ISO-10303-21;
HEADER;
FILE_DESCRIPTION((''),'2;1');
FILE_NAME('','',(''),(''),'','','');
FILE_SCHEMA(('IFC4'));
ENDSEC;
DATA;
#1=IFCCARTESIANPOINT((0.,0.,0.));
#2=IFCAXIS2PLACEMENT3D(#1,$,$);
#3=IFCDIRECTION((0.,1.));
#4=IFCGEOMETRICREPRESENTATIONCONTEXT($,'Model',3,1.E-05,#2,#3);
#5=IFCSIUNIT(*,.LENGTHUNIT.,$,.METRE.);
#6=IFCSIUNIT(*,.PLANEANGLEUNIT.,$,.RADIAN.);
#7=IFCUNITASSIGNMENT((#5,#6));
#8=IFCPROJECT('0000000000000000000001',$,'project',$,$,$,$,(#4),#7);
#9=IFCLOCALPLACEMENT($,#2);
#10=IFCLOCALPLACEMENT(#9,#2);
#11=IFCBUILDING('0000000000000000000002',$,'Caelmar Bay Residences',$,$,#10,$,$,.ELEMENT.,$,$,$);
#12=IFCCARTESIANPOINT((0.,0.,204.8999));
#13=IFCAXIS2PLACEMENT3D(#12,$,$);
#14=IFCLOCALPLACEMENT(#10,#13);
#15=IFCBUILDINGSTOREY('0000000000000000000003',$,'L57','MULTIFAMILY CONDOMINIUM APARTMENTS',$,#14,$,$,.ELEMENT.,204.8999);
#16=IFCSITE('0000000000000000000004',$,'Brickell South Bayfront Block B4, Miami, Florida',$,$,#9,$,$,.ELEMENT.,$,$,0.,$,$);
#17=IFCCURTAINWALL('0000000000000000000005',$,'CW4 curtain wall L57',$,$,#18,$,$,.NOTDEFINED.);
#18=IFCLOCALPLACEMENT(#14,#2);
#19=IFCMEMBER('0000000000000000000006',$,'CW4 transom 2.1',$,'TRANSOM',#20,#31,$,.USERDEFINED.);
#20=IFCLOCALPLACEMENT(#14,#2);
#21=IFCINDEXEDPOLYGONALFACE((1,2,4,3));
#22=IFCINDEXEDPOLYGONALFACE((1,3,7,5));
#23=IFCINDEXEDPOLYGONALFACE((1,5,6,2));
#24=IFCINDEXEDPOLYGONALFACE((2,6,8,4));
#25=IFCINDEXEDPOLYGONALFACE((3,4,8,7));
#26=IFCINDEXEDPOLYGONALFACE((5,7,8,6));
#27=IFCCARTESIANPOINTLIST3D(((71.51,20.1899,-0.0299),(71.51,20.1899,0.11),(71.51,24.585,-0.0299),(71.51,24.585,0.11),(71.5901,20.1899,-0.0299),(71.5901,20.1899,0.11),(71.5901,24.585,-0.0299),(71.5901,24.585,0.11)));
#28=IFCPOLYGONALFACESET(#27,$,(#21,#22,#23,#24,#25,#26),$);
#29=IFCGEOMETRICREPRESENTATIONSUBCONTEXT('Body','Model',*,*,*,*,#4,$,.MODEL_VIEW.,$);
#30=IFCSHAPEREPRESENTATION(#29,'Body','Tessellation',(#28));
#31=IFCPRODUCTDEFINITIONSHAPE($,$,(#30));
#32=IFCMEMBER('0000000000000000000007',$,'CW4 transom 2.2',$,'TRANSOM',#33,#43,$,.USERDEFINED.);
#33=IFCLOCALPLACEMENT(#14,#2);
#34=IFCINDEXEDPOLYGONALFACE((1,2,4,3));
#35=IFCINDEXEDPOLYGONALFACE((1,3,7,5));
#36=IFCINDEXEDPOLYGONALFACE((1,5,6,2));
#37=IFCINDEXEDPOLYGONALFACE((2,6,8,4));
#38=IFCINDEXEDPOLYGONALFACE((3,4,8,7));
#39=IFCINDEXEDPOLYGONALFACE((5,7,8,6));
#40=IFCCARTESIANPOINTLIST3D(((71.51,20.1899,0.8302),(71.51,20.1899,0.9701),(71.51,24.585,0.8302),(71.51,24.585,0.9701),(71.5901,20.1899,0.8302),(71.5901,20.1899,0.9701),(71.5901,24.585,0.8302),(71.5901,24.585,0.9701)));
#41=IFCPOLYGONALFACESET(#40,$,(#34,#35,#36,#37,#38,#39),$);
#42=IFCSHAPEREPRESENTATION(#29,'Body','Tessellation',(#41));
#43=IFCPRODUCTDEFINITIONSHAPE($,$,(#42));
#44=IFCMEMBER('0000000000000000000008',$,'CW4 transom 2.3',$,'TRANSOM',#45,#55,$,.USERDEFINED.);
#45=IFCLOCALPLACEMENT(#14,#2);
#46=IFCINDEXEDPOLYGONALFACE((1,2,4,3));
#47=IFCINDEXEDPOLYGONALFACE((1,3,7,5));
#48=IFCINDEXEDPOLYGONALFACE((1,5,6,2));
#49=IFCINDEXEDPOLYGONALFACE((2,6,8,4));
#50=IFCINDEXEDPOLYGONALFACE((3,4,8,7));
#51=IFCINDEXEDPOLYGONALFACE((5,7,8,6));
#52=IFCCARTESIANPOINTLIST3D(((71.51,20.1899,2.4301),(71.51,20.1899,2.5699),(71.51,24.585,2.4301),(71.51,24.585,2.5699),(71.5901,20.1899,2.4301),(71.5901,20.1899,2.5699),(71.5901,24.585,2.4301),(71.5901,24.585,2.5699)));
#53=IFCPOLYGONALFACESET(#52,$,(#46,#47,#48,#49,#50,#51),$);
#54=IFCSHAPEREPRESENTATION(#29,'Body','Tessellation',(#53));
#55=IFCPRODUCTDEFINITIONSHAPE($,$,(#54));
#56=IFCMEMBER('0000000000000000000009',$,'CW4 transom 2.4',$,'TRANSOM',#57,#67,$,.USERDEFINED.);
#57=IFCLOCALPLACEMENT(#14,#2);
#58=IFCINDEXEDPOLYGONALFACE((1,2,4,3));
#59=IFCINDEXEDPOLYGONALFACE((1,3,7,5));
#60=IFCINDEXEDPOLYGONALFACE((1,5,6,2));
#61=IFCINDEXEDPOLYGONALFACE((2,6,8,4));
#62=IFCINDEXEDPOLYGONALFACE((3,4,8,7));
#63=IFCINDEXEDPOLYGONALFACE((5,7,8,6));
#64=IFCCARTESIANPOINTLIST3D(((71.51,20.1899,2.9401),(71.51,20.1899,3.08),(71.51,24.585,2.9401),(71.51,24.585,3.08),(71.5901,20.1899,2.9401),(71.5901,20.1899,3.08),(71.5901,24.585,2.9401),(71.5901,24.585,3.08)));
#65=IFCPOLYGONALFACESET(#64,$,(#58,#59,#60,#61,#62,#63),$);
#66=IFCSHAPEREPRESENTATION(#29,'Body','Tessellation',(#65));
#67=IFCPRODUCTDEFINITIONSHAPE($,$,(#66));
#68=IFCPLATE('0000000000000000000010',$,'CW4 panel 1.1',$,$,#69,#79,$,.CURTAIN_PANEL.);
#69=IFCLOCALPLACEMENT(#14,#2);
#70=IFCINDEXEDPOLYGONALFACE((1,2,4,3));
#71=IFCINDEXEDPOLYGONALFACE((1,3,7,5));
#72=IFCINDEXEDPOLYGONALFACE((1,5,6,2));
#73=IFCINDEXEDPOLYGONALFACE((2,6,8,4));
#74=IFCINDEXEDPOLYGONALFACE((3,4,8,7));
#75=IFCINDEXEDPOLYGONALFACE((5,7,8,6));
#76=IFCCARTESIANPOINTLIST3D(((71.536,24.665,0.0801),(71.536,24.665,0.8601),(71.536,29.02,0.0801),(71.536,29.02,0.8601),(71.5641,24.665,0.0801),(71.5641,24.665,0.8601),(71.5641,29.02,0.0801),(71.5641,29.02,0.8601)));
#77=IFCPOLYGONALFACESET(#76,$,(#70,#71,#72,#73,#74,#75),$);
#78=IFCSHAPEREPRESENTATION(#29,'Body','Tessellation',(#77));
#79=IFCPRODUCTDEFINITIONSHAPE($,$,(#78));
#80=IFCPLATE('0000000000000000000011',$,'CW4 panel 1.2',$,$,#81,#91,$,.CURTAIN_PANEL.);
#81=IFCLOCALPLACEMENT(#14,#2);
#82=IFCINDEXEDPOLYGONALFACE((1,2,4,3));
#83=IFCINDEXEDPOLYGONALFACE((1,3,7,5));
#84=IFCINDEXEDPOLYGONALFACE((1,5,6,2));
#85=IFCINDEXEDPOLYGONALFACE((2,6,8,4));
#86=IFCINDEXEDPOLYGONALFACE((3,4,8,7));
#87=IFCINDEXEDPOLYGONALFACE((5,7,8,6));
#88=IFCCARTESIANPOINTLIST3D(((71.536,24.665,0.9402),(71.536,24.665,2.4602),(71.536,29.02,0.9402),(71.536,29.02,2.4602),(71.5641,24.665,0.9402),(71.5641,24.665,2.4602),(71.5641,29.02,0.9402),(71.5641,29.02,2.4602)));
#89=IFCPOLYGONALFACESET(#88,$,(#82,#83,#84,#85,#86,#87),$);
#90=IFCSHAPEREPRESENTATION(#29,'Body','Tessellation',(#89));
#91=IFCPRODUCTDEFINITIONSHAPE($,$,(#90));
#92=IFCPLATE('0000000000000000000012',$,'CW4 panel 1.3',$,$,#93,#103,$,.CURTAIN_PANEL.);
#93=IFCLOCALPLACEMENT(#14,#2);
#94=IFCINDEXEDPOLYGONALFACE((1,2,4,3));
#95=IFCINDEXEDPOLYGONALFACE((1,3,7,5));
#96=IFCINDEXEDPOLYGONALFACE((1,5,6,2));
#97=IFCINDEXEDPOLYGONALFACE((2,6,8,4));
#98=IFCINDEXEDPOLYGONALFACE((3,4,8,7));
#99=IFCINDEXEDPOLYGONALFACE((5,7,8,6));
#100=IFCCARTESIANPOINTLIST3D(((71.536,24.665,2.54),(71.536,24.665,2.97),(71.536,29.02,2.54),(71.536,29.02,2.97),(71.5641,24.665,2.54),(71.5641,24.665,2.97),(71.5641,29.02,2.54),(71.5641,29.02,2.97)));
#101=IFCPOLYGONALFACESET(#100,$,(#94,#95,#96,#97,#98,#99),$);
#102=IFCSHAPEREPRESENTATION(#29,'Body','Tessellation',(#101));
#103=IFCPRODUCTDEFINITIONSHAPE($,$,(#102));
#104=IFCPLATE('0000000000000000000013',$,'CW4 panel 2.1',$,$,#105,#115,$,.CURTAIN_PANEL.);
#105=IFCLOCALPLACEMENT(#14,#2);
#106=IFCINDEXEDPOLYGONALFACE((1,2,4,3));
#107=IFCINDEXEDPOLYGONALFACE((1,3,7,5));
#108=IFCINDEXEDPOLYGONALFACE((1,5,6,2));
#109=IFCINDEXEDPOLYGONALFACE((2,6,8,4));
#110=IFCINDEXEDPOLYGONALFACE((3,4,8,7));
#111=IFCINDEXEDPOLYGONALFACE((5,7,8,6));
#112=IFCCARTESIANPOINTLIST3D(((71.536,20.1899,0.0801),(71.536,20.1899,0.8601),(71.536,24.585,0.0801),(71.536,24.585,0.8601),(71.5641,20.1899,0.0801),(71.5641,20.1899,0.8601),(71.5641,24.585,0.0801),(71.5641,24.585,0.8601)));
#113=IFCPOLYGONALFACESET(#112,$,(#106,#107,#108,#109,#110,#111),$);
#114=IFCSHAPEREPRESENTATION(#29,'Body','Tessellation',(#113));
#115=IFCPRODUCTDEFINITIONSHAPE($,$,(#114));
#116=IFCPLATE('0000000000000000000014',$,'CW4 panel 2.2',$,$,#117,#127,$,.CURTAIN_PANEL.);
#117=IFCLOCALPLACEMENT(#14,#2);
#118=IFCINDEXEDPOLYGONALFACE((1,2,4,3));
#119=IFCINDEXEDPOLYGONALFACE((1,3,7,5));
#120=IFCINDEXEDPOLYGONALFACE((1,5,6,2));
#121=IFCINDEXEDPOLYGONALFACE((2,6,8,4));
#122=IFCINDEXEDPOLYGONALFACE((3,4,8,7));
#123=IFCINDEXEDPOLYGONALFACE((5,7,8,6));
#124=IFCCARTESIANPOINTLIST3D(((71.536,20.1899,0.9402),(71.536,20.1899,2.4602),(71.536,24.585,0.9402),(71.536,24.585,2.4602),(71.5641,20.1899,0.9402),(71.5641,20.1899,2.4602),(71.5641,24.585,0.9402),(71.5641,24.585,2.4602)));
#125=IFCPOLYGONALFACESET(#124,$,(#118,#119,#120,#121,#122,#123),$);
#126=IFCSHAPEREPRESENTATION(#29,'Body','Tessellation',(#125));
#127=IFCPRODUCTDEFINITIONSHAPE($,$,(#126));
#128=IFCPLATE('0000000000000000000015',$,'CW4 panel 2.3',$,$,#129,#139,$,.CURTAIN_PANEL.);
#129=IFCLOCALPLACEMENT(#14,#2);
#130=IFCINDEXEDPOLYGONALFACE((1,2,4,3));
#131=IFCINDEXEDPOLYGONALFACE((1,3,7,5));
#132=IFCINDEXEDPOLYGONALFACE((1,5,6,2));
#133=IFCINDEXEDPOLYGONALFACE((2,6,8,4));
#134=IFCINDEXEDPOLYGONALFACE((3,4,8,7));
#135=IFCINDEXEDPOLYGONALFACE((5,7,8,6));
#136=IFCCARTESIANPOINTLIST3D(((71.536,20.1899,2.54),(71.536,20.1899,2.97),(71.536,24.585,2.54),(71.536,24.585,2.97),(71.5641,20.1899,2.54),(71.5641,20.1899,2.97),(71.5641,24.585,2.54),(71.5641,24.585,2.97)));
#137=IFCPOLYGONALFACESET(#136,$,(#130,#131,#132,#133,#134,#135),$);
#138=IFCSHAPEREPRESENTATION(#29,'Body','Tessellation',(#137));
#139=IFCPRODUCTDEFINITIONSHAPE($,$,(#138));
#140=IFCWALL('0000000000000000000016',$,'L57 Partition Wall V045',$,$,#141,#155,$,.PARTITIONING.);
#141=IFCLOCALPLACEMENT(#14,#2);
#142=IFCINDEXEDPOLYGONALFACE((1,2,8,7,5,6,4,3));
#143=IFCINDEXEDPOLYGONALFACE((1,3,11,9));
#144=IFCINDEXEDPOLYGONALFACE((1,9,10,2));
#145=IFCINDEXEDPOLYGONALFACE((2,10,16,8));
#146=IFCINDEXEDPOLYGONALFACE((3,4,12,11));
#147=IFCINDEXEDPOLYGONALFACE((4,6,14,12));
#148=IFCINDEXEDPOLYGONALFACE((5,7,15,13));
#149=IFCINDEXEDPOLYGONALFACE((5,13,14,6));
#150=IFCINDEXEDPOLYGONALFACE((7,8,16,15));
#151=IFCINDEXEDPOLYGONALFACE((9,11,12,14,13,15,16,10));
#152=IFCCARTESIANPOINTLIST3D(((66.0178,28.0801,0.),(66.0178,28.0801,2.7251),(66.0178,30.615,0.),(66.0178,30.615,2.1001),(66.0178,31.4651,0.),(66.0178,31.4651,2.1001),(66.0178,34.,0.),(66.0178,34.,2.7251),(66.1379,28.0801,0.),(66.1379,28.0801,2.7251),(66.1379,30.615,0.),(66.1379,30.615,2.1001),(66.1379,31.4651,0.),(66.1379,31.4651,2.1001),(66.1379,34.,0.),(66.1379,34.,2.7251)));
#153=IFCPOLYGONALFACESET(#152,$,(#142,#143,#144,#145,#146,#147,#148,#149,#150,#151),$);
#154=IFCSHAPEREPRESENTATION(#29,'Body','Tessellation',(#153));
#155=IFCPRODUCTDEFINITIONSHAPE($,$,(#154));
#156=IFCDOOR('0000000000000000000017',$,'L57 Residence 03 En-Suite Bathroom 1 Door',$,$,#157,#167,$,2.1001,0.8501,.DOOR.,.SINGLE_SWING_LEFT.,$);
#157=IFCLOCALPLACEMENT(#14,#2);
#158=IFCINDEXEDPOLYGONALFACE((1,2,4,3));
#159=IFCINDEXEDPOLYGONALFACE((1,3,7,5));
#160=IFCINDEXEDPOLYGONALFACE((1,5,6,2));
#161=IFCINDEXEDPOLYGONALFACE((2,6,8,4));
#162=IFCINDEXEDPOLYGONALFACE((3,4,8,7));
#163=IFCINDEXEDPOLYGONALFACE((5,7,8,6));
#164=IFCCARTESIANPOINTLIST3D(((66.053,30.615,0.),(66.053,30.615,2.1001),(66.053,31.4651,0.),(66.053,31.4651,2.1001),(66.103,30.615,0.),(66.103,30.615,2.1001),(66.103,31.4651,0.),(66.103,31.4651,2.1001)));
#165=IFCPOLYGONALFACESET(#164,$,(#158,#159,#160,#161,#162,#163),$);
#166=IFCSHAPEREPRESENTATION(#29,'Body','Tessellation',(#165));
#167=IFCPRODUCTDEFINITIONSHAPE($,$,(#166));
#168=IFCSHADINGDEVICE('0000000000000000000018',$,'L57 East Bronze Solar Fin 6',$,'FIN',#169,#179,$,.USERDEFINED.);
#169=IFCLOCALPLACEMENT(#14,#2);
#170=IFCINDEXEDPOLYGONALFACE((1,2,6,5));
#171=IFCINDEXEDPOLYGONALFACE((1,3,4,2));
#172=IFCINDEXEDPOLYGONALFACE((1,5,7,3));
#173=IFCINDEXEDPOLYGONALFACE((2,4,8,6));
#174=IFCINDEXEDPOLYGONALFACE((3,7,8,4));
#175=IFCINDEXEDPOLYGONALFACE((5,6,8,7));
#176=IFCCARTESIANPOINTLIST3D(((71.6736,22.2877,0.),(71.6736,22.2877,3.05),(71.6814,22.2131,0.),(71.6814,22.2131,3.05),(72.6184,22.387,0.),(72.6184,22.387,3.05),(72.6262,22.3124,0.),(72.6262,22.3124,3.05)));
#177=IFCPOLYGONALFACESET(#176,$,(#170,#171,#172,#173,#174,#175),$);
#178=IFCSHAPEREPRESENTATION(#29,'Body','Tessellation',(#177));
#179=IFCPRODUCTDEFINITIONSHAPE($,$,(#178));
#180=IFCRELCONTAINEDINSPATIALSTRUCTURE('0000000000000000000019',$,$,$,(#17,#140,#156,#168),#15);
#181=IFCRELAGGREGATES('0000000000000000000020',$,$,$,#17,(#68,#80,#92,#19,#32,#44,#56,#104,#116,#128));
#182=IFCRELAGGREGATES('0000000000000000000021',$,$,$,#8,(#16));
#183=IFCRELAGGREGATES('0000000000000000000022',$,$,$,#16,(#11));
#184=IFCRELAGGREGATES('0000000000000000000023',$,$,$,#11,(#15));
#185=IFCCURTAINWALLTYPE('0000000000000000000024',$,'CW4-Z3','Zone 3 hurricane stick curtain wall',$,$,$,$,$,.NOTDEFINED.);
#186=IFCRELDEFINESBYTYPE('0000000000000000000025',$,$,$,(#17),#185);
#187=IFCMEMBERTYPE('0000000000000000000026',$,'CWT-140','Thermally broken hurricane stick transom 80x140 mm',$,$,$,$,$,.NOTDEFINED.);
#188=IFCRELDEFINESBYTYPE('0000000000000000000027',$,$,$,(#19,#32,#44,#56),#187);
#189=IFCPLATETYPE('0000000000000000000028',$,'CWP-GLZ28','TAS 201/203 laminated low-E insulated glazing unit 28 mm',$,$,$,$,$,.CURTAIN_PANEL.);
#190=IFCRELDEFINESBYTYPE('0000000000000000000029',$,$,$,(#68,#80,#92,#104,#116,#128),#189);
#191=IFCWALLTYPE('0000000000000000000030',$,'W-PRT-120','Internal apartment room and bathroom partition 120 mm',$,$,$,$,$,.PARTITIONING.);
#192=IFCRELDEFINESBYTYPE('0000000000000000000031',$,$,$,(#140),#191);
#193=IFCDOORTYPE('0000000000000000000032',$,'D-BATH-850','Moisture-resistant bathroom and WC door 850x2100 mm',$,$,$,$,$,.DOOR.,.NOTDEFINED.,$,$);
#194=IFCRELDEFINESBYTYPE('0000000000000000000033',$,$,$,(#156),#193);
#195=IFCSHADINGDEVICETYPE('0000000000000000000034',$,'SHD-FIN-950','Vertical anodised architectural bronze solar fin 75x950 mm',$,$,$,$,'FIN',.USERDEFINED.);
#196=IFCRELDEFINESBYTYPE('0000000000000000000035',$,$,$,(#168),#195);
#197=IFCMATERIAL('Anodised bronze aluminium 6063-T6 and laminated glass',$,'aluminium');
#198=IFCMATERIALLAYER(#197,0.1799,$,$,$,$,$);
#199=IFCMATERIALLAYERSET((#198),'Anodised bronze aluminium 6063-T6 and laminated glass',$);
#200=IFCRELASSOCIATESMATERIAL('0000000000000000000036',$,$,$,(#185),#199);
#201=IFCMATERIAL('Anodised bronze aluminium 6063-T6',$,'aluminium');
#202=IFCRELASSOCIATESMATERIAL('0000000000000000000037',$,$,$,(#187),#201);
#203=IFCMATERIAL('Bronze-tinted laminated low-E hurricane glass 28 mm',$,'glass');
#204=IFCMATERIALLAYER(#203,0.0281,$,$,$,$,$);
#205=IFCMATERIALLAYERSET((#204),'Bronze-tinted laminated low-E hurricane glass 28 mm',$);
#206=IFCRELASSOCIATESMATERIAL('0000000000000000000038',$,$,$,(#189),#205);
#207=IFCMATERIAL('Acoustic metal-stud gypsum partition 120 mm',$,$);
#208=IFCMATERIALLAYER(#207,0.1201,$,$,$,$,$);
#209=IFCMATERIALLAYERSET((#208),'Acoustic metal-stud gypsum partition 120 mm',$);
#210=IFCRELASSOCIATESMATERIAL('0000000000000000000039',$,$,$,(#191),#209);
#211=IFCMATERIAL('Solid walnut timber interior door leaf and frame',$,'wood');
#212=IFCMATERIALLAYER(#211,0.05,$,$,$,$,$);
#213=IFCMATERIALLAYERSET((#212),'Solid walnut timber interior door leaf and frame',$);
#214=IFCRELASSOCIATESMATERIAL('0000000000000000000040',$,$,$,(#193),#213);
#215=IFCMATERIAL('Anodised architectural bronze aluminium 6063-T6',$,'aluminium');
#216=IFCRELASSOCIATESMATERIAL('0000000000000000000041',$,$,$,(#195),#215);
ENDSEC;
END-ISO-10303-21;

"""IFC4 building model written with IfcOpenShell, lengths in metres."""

from ifc_helpers import new_model, si_unit, direction, frame, frame_2d, origin, origin_2d, place, context, subcontext, project, spatial, rectangle, extrude, material, layer, layer_set, material_profile, profile_set, type_object, element, fill, aggregate, save


model = new_model("IFC4")

# Units and contexts
model_context = context("Model", 3, precision=1e-05, world=origin(), true_north=direction((0.0, 1.0)))
body_context = subcontext(model_context, "Body", "Model", "MODEL_VIEW")
ifc_project = project(units=[si_unit("LENGTHUNIT", "METRE"), si_unit("PLANEANGLEUNIT", "RADIAN")], contexts=[model_context])

# Site, building, storey
site_placement = place(None, origin())
site = spatial("IfcSite", under=ifc_project, at=site_placement, Name="Brickell South Bayfront Block B4, Miami, Florida", CompositionType="ELEMENT", RefElevation=0.0)
building_placement = place(site_placement, origin())
building = spatial("IfcBuilding", under=site, at=building_placement, Name="Caelmar Bay Residences", CompositionType="ELEMENT")
storey_placement = place(building_placement, frame((0.0, 0.0, 204.8999)))
storey = spatial("IfcBuildingStorey", under=building, at=storey_placement, Name="L57", Description="MULTIFAMILY CONDOMINIUM APARTMENTS", CompositionType="ELEMENT", Elevation=204.8999)

# Curtain wall, members, plates
ifc_material_1 = material(Name="Anodised bronze aluminium 6063-T6 and laminated glass", Category="aluminium")
ifc_layer_1 = layer(ifc_material_1, 0.1799)
ifc_layer_set_1 = layer_set([ifc_layer_1], Name="Anodised bronze aluminium 6063-T6 and laminated glass")
curtain_wall_type = type_object("IfcCurtainWallType", Name="CW4-Z3", Description="Zone 3 hurricane stick curtain wall", PredefinedType="NOTDEFINED", material=ifc_layer_set_1)
curtain_wall_placement = place(storey_placement, origin())
curtain_wall = element("IfcCurtainWall", 1, at=curtain_wall_placement, inside=storey, type_object=curtain_wall_type, Name="CW4 curtain wall L57", PredefinedType="NOTDEFINED")
ifc_material_2 = material(Name="Anodised bronze aluminium 6063-T6", Category="aluminium")
ifc_material_profile_1 = material_profile(ifc_material_2, rectangle(XDim=0.0801, YDim=0.1399, at=origin_2d()), Name="CWT-80X140")
ifc_profile_set_1 = profile_set([ifc_material_profile_1], Name="Anodised bronze aluminium 6063-T6")
member_type_1 = type_object("IfcMemberType", Name="CWT-140", Description="Thermally broken hurricane stick transom 80x140 mm", PredefinedType="NOTDEFINED", material=ifc_profile_set_1)
member_1_placement = place(storey_placement, frame((71.55, 24.585, 0.04), z_axis=(0.0, -1.0, 0.0), x_axis=(1.0, 0.0, 0.0)))
member_1 = element("IfcMember", 2, at=member_1_placement, type_object=member_type_1, Name="CW4 transom 2.1", ObjectType="TRANSOM", PredefinedType="USERDEFINED", context=body_context, shape_type="SweptSolid", body=[
    extrude(rectangle(XDim=0.0801, YDim=0.1399, at=origin_2d()), origin(), (0.0, 0.0, 1.0), 4.395),
])
member_2_placement = place(storey_placement, frame((71.55, 24.585, 0.9001), z_axis=(0.0, -1.0, 0.0), x_axis=(1.0, 0.0, 0.0)))
member_2 = element("IfcMember", 3, at=member_2_placement, type_object=member_type_1, Name="CW4 transom 2.2", ObjectType="TRANSOM", PredefinedType="USERDEFINED", context=body_context, shape_type="SweptSolid", body=[
    extrude(rectangle(XDim=0.0801, YDim=0.1399, at=origin_2d()), origin(), (0.0, 0.0, 1.0), 4.395),
])
member_3_placement = place(storey_placement, frame((71.55, 24.585, 2.5), z_axis=(0.0, -1.0, 0.0), x_axis=(1.0, 0.0, 0.0)))
member_3 = element("IfcMember", 4, at=member_3_placement, type_object=member_type_1, Name="CW4 transom 2.3", ObjectType="TRANSOM", PredefinedType="USERDEFINED", context=body_context, shape_type="SweptSolid", body=[
    extrude(rectangle(XDim=0.0801, YDim=0.1399, at=origin_2d()), origin(), (0.0, 0.0, 1.0), 4.395),
])
member_4_placement = place(storey_placement, frame((71.55, 24.585, 3.01), z_axis=(0.0, -1.0, 0.0), x_axis=(1.0, 0.0, 0.0)))
member_4 = element("IfcMember", 5, at=member_4_placement, type_object=member_type_1, Name="CW4 transom 2.4", ObjectType="TRANSOM", PredefinedType="USERDEFINED", context=body_context, shape_type="SweptSolid", body=[
    extrude(rectangle(XDim=0.0801, YDim=0.1399, at=origin_2d()), origin(), (0.0, 0.0, 1.0), 4.395),
])
ifc_material_3 = material(Name="Bronze-tinted laminated low-E hurricane glass 28 mm", Category="glass")
ifc_layer_2 = layer(ifc_material_3, 0.0281)
ifc_layer_set_2 = layer_set([ifc_layer_2], Name="Bronze-tinted laminated low-E hurricane glass 28 mm")
plate_type = type_object("IfcPlateType", Name="CWP-GLZ28", Description="TAS 201/203 laminated low-E insulated glazing unit 28 mm", PredefinedType="CURTAIN_PANEL", material=ifc_layer_set_2)
plate_1_placement = place(storey_placement, frame((71.55, 26.8425, 0.0801), z_axis=(0.0, 0.0, 1.0), x_axis=(0.0, -1.0, 0.0)))
plate_1 = element("IfcPlate", 6, at=plate_1_placement, type_object=plate_type, Name="CW4 panel 1.1", PredefinedType="CURTAIN_PANEL", context=body_context, shape_type="SweptSolid", body=[
    extrude(rectangle(XDim=4.355, YDim=0.0281, at=origin_2d()), origin(), (0.0, 0.0, 1.0), 0.78),
])
plate_2_placement = place(storey_placement, frame((71.55, 26.8425, 0.9402), z_axis=(0.0, 0.0, 1.0), x_axis=(0.0, -1.0, 0.0)))
plate_2 = element("IfcPlate", 7, at=plate_2_placement, type_object=plate_type, Name="CW4 panel 1.2", PredefinedType="CURTAIN_PANEL", context=body_context, shape_type="SweptSolid", body=[
    extrude(rectangle(XDim=4.355, YDim=0.0281, at=origin_2d()), origin(), (0.0, 0.0, 1.0), 1.52),
])
plate_3_placement = place(storey_placement, frame((71.55, 26.8425, 2.54), z_axis=(0.0, 0.0, 1.0), x_axis=(0.0, -1.0, 0.0)))
plate_3 = element("IfcPlate", 8, at=plate_3_placement, type_object=plate_type, Name="CW4 panel 1.3", PredefinedType="CURTAIN_PANEL", context=body_context, shape_type="SweptSolid", body=[
    extrude(rectangle(XDim=4.355, YDim=0.0281, at=origin_2d()), origin(), (0.0, 0.0, 1.0), 0.4299),
])
plate_4_placement = place(storey_placement, frame((71.55, 22.3875, 0.0801), z_axis=(0.0, 0.0, 1.0), x_axis=(0.0, -1.0, 0.0)))
plate_4 = element("IfcPlate", 9, at=plate_4_placement, type_object=plate_type, Name="CW4 panel 2.1", PredefinedType="CURTAIN_PANEL", context=body_context, shape_type="SweptSolid", body=[
    extrude(rectangle(XDim=4.395, YDim=0.0281, at=origin_2d()), origin(), (0.0, 0.0, 1.0), 0.78),
])
plate_5_placement = place(storey_placement, frame((71.55, 22.3875, 0.9402), z_axis=(0.0, 0.0, 1.0), x_axis=(0.0, -1.0, 0.0)))
plate_5 = element("IfcPlate", 10, at=plate_5_placement, type_object=plate_type, Name="CW4 panel 2.2", PredefinedType="CURTAIN_PANEL", context=body_context, shape_type="SweptSolid", body=[
    extrude(rectangle(XDim=4.395, YDim=0.0281, at=origin_2d()), origin(), (0.0, 0.0, 1.0), 1.52),
])
plate_6_placement = place(storey_placement, frame((71.55, 22.3875, 2.54), z_axis=(0.0, 0.0, 1.0), x_axis=(0.0, -1.0, 0.0)))
plate_6 = element("IfcPlate", 11, at=plate_6_placement, type_object=plate_type, Name="CW4 panel 2.3", PredefinedType="CURTAIN_PANEL", context=body_context, shape_type="SweptSolid", body=[
    extrude(rectangle(XDim=4.395, YDim=0.0281, at=origin_2d()), origin(), (0.0, 0.0, 1.0), 0.4299),
])
aggregate(curtain_wall, [plate_1, plate_2, plate_3, member_1, member_2, member_3, member_4, plate_4, plate_5, plate_6])

# Wall, opening, door
ifc_material_4 = material(Name="Acoustic metal-stud gypsum partition 120 mm")
ifc_layer_3 = layer(ifc_material_4, 0.1201)
ifc_layer_set_3 = layer_set([ifc_layer_3], Name="Acoustic metal-stud gypsum partition 120 mm")
wall_type = type_object("IfcWallType", Name="W-PRT-120", Description="Internal apartment room and bathroom partition 120 mm", PredefinedType="PARTITIONING", material=ifc_layer_set_3)
wall_placement = place(storey_placement, frame((66.0779, 28.0801, 0.0), z_axis=(0.0, 0.0, 1.0), x_axis=(0.0, 1.0, 0.0)))
wall = element("IfcWall", 12, at=wall_placement, inside=storey, type_object=wall_type, Name="L57 Partition Wall V045", PredefinedType="PARTITIONING", context=body_context, shape_type="SweptSolid", body=[
    extrude(rectangle(XDim=5.9199, YDim=0.1201, at=frame_2d((2.96, 0.0))), origin(), (0.0, 0.0, 1.0), 2.7251),
])
opening_placement = place(wall_placement, frame((2.5349, 0.0, 0.0)))
opening = element("IfcOpeningElement", 13, at=opening_placement, cuts=wall, PredefinedType="OPENING", context=body_context, shape_type="SweptSolid", body=[
    extrude(rectangle(XDim=0.8501, YDim=2.1001, at=frame_2d((0.425, 1.05))), frame((0.0, 0.0701, 0.0), z_axis=(0.0, -1.0, 0.0), x_axis=(1.0, 0.0, 0.0)), (0.0, 0.0, 1.0), 0.1401),
])
ifc_material_5 = material(Name="Solid walnut timber interior door leaf and frame", Category="wood")
ifc_layer_4 = layer(ifc_material_5, 0.05)
ifc_layer_set_4 = layer_set([ifc_layer_4], Name="Solid walnut timber interior door leaf and frame")
door_type = type_object("IfcDoorType", Name="D-BATH-850", Description="Moisture-resistant bathroom and WC door 850x2100 mm", OperationType="NOTDEFINED", PredefinedType="DOOR", material=ifc_layer_set_4)
door_placement = place(opening_placement, origin())
door = element("IfcDoor", 14, at=door_placement, inside=storey, type_object=door_type, Name="L57 Residence 03 En-Suite Bathroom 1 Door", OperationType="SINGLE_SWING_LEFT", OverallHeight=2.1001, OverallWidth=0.8501, PredefinedType="DOOR", context=body_context, shape_type="SweptSolid", body=[
    extrude(rectangle(XDim=0.8501, YDim=2.1001, at=frame_2d((0.425, 1.05))), frame((0.0, 0.0249, 0.0), z_axis=(0.0, -1.0, 0.0), x_axis=(1.0, 0.0, 0.0)), (0.0, 0.0, 1.0), 0.05),
])
fill(opening, door)

# Shading device
ifc_material_6 = material(Name="Anodised architectural bronze aluminium 6063-T6", Category="aluminium")
ifc_material_profile_2 = material_profile(ifc_material_6, rectangle(XDim=0.075, YDim=0.95, at=origin_2d()), Name="BRONZE-FIN-75X950")
ifc_profile_set_2 = profile_set([ifc_material_profile_2], Name="Anodised architectural bronze aluminium 6063-T6")
shading_device_type = type_object("IfcShadingDeviceType", Name="SHD-FIN-950", Description="Vertical anodised architectural bronze solar fin 75x950 mm", ElementType="FIN", PredefinedType="USERDEFINED", material=ifc_profile_set_2)
for number, where, z_axis, x_axis, name in (
    (15, (72.1499, 22.3, 0.0), (0.0, 0.0, 1.0), (-0.104528, 0.994522, 0.0), "L57 East Bronze Solar Fin 6"),
):
    element("IfcShadingDevice", number, at=place(storey_placement, frame(where, z_axis=z_axis, x_axis=x_axis)), inside=storey, type_object=shading_device_type, Name=name, ObjectType="FIN", PredefinedType="USERDEFINED", context=body_context, shape_type="SweptSolid", body=[
        extrude(rectangle(XDim=0.075, YDim=0.95, at=origin_2d()), origin(), (0.0, 0.0, 1.0), 3.05),
    ])

save(model, "model.ifc")
